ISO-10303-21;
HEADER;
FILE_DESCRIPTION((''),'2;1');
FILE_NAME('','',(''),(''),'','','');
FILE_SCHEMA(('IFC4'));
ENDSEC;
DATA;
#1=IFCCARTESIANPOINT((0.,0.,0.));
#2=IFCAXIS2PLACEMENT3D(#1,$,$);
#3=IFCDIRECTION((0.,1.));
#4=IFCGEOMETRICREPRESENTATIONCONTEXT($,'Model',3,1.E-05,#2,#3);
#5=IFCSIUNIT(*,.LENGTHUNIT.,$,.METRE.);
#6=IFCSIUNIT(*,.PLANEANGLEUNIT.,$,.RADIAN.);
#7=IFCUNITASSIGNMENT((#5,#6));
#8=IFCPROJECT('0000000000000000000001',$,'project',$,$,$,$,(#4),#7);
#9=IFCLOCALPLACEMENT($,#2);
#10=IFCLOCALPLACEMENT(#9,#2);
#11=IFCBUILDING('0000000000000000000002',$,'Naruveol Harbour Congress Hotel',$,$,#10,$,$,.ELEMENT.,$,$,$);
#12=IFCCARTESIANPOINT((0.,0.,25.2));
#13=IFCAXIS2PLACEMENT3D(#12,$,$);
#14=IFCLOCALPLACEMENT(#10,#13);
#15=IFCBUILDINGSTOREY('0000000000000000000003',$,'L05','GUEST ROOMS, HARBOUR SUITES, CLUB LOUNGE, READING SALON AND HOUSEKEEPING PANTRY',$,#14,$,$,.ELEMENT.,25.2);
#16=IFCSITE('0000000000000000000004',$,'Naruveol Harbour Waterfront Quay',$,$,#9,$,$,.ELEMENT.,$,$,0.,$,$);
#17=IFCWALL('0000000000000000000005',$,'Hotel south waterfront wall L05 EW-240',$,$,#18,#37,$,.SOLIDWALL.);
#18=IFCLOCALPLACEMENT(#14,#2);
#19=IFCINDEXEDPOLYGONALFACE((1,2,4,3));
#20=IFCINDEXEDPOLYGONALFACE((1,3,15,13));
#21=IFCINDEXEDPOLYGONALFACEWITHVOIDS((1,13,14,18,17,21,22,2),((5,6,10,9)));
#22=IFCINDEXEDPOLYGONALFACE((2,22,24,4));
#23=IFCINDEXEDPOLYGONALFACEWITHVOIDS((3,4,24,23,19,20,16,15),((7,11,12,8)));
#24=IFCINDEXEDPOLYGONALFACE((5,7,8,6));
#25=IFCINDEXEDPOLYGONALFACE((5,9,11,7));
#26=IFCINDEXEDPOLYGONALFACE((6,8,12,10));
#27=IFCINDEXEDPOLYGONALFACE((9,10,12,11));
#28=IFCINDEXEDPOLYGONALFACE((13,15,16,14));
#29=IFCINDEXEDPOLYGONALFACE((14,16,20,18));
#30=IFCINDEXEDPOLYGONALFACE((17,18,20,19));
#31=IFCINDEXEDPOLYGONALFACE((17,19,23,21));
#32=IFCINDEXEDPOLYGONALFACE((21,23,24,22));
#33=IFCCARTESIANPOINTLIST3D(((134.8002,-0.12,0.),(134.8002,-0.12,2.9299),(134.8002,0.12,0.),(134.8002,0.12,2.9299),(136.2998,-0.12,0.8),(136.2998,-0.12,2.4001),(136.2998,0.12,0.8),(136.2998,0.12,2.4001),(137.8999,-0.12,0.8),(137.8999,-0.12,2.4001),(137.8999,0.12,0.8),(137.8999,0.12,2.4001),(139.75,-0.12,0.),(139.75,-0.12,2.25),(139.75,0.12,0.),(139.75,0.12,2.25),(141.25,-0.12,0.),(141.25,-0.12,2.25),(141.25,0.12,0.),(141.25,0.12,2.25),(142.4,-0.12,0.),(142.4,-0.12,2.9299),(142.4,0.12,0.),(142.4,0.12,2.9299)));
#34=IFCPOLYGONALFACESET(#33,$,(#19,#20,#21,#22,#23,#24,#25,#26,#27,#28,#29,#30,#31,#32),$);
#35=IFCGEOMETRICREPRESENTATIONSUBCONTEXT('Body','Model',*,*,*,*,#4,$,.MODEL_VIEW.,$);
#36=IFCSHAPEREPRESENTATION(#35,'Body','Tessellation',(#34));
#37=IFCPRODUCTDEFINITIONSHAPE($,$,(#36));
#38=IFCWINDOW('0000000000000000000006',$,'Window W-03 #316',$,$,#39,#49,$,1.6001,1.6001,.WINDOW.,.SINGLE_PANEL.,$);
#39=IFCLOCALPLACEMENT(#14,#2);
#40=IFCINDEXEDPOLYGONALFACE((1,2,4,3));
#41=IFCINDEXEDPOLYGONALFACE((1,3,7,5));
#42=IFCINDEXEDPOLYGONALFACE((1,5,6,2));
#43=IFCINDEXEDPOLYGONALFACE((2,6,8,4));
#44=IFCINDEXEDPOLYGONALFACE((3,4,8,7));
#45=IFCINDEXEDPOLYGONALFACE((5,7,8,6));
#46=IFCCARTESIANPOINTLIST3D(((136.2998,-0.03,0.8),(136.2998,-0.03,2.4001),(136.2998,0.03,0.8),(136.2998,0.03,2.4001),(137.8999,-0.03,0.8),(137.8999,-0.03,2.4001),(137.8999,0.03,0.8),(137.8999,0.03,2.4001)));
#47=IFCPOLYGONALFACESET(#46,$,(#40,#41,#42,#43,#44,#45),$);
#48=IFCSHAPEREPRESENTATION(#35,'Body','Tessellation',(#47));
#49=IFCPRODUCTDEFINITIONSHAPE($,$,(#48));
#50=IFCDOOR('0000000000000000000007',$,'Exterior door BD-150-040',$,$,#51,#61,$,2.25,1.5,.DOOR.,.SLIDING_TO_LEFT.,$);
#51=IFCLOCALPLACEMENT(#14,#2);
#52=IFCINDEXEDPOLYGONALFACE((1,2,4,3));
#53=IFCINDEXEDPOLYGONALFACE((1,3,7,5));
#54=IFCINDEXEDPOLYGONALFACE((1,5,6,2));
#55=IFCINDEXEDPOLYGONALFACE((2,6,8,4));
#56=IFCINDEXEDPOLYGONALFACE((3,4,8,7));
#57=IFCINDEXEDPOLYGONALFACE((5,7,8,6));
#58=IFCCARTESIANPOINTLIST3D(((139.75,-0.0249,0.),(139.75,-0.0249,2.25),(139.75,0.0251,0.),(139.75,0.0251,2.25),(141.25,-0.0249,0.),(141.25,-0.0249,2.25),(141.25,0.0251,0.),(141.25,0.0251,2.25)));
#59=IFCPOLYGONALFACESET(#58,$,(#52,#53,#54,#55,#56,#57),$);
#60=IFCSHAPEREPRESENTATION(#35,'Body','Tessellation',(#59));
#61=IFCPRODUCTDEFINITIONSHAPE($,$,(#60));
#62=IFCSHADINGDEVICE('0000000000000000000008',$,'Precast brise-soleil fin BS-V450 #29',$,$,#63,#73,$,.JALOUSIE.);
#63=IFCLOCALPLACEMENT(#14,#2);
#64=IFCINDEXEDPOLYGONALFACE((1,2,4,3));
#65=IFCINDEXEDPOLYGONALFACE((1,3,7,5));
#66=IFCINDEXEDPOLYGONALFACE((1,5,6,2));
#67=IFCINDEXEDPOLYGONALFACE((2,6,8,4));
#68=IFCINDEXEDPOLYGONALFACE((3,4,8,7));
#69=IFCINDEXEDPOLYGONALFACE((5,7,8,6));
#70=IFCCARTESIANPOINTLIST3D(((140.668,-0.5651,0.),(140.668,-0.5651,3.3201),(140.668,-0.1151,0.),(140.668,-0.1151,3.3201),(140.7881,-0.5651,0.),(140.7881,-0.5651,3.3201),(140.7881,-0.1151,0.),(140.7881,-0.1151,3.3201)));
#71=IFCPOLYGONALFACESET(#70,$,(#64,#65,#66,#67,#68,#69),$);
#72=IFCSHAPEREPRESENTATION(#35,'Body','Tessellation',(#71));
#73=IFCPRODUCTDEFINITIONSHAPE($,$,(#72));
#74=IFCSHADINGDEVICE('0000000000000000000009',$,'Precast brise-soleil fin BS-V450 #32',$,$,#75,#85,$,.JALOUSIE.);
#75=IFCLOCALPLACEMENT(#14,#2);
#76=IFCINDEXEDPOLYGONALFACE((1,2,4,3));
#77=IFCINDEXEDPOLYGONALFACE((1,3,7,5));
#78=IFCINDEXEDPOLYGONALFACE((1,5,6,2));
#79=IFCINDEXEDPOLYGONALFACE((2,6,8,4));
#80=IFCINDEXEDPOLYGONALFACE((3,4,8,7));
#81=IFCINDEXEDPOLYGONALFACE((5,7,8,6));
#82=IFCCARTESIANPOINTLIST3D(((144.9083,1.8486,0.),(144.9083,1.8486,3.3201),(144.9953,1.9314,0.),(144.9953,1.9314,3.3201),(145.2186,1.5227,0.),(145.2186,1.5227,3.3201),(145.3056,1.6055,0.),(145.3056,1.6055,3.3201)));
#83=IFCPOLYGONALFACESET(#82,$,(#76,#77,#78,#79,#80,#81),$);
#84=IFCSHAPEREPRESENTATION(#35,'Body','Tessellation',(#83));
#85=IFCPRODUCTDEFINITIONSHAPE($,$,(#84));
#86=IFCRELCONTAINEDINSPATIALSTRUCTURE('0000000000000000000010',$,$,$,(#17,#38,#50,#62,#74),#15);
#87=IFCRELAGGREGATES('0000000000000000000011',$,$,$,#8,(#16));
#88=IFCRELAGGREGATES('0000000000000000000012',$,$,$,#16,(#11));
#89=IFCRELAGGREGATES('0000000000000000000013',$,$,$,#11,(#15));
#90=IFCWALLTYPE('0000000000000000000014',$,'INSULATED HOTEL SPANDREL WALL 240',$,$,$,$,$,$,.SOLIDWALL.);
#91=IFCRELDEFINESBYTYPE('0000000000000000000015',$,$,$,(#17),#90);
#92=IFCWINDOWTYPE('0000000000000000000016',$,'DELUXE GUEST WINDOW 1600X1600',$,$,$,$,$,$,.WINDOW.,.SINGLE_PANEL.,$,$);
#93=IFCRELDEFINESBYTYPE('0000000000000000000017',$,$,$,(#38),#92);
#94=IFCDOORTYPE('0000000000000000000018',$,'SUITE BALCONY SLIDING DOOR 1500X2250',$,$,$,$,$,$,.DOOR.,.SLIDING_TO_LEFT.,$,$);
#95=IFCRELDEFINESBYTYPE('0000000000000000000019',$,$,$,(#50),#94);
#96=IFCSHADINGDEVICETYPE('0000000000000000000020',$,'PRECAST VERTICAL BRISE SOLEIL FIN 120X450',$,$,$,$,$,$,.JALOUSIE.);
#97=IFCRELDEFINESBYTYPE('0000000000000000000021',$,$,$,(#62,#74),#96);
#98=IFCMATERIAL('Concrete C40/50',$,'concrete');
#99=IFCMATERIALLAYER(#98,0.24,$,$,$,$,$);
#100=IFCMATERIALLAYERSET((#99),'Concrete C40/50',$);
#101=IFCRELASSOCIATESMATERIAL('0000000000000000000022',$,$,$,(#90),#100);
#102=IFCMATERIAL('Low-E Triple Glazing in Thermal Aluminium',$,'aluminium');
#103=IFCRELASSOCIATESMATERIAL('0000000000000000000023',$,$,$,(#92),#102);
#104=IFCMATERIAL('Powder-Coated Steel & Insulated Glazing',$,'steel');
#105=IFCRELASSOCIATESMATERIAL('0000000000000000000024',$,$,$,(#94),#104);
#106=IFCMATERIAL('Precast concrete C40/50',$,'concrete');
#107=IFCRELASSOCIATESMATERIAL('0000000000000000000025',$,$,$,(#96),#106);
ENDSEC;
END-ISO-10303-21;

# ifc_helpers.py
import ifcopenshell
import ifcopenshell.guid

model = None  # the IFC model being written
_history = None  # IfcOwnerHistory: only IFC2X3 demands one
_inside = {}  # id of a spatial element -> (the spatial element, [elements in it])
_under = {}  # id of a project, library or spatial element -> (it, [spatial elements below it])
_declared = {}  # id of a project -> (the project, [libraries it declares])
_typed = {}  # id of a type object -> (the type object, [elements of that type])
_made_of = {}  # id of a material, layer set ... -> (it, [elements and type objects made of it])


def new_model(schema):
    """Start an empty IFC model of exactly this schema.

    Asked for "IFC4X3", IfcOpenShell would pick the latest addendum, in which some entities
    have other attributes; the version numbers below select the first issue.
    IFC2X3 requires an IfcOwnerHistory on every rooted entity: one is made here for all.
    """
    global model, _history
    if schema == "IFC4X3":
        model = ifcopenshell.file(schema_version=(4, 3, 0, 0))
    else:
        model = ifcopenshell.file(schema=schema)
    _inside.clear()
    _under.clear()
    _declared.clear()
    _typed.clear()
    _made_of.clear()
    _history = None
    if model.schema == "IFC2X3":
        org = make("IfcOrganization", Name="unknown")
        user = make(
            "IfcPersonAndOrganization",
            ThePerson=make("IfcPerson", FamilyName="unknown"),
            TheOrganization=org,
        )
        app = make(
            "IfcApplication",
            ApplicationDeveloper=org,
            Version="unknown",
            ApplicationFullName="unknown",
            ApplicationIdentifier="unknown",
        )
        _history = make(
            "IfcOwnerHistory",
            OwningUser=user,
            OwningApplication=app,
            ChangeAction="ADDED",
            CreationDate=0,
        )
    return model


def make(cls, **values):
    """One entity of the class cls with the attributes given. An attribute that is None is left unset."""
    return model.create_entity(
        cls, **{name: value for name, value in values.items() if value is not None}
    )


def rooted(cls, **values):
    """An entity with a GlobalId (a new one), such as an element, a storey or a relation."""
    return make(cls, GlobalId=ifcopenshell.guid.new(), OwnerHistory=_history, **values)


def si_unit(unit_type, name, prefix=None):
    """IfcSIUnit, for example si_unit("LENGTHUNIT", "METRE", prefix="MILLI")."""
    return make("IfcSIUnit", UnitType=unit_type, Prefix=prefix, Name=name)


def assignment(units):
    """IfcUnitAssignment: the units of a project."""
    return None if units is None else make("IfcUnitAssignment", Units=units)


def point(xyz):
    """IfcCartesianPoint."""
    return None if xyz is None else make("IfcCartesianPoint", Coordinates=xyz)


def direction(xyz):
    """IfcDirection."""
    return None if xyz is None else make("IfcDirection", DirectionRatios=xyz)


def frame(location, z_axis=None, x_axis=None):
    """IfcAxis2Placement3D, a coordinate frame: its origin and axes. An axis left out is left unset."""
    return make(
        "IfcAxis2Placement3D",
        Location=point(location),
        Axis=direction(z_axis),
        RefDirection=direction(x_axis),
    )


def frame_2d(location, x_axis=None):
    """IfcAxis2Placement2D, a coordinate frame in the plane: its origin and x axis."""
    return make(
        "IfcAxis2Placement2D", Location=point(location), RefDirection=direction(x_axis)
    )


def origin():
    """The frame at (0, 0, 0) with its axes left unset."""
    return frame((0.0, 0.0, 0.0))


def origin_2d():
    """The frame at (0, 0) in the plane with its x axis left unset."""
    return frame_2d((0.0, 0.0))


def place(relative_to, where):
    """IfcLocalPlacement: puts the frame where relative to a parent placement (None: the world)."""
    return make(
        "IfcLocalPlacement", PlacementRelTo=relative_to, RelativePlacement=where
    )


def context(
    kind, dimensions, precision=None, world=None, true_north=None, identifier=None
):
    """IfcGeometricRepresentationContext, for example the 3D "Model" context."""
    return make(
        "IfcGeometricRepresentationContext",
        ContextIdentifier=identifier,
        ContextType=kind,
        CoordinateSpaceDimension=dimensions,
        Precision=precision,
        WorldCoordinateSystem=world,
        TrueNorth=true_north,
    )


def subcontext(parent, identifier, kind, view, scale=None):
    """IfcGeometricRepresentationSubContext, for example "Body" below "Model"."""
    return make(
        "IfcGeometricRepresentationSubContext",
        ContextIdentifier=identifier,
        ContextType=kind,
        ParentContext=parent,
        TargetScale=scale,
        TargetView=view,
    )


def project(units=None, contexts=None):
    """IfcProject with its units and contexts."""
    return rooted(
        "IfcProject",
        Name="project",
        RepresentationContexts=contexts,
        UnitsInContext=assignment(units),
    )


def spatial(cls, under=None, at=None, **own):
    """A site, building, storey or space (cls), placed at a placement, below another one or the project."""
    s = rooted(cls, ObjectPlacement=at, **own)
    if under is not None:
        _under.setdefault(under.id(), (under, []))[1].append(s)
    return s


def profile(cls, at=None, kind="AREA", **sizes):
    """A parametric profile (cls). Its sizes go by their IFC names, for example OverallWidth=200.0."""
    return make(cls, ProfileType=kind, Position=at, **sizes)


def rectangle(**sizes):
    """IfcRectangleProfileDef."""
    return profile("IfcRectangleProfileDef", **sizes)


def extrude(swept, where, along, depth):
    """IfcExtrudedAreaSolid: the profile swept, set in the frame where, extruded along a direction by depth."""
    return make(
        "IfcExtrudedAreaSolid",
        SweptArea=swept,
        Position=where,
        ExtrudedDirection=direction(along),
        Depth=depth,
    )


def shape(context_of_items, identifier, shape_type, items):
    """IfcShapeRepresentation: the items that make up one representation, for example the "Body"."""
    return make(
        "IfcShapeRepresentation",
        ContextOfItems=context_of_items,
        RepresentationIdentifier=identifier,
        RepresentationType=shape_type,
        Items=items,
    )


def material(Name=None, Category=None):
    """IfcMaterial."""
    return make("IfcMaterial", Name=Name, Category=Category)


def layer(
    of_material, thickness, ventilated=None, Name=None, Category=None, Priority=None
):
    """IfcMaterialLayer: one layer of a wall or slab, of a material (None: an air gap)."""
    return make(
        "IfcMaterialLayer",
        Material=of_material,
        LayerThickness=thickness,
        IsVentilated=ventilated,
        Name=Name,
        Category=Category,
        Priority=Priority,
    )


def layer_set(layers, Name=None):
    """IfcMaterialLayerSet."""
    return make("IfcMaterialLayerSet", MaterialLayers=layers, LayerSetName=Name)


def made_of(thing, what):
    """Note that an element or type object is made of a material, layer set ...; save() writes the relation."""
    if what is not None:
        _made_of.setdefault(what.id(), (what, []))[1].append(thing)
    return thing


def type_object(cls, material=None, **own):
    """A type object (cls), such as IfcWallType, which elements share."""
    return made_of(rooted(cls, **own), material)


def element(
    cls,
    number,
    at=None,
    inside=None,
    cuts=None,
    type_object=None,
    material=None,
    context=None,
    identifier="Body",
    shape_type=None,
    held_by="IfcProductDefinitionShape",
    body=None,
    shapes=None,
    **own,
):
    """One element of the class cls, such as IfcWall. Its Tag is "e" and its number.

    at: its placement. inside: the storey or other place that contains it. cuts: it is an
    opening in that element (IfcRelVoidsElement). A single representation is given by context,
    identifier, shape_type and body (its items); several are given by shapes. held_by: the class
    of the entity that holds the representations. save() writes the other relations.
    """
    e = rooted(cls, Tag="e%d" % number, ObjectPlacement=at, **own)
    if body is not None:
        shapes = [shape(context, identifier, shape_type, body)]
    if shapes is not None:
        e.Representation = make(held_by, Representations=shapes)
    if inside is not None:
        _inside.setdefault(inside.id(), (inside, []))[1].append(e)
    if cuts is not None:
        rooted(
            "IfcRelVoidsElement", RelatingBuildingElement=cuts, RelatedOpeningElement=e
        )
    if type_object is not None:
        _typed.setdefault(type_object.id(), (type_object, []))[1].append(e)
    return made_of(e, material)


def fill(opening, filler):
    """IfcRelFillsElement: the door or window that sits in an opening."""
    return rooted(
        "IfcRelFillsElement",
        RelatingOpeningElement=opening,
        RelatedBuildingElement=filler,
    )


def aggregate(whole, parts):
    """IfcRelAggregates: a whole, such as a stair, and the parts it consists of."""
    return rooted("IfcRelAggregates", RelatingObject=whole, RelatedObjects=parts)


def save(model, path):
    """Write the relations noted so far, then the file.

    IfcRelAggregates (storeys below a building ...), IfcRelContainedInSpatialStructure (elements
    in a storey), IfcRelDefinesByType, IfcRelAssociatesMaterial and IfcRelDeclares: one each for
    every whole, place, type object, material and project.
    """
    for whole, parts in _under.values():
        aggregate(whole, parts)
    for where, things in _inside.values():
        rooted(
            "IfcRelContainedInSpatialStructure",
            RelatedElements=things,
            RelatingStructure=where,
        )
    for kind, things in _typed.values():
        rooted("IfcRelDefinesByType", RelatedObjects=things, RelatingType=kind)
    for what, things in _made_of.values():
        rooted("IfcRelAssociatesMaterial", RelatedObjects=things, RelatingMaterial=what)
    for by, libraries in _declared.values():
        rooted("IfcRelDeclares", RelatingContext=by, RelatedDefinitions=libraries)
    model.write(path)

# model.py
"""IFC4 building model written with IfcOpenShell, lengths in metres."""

from ifc_helpers import new_model, si_unit, direction, frame, frame_2d, origin, origin_2d, place, context, subcontext, project, spatial, rectangle, extrude, material, layer, layer_set, type_object, element, fill, save


model = new_model("IFC4")

# Units and contexts
model_context = context("Model", 3, precision=1e-05, world=origin(), true_north=direction((0.0, 1.0)))
body_context = subcontext(model_context, "Body", "Model", "MODEL_VIEW")
ifc_project = project(units=[si_unit("LENGTHUNIT", "METRE"), si_unit("PLANEANGLEUNIT", "RADIAN")], contexts=[model_context])

# Site, building, storey
site_placement = place(None, origin())
site = spatial("IfcSite", under=ifc_project, at=site_placement, Name="Naruveol Harbour Waterfront Quay", CompositionType="ELEMENT", RefElevation=0.0)
building_placement = place(site_placement, origin())
building = spatial("IfcBuilding", under=site, at=building_placement, Name="Naruveol Harbour Congress Hotel", CompositionType="ELEMENT")
storey_placement = place(building_placement, frame((0.0, 0.0, 25.2)))
storey = spatial("IfcBuildingStorey", under=building, at=storey_placement, Name="L05", Description="GUEST ROOMS, HARBOUR SUITES, CLUB LOUNGE, READING SALON AND HOUSEKEEPING PANTRY", CompositionType="ELEMENT", Elevation=25.2)

# Wall, openings, window, door
ifc_material_1 = material(Name="Concrete C40/50", Category="concrete")
ifc_layer_1 = layer(ifc_material_1, 0.24)
ifc_layer_set_1 = layer_set([ifc_layer_1], Name="Concrete C40/50")
wall_type_1 = type_object("IfcWallType", Name="INSULATED HOTEL SPANDREL WALL 240", PredefinedType="SOLIDWALL", material=ifc_layer_set_1)
wall_1_placement = place(storey_placement, frame((142.3999, 0.0, 0.0), z_axis=(0.0, 0.0, 1.0), x_axis=(-1.0, 0.0, 0.0)))
wall_1 = element("IfcWall", 1, at=wall_1_placement, inside=storey, type_object=wall_type_1, Name="Hotel south waterfront wall L05 EW-240", PredefinedType="SOLIDWALL", context=body_context, shape_type="SweptSolid", body=[
    extrude(rectangle(XDim=7.5999, YDim=0.24, at=frame_2d((3.7998, 0.0))), origin(), (0.0, 0.0, 1.0), 2.9299),
])
opening_1_placement = place(wall_1_placement, frame((1.1499, 0.0, 0.0)))
opening_1 = element("IfcOpeningElement", 2, at=opening_1_placement, cuts=wall_1, PredefinedType="OPENING", context=body_context, shape_type="SweptSolid", body=[
    extrude(rectangle(XDim=1.5, YDim=2.25, at=frame_2d((0.75, 1.125))), frame((0.0, 0.1299, 0.0), z_axis=(0.0, -1.0, 0.0), x_axis=(1.0, 0.0, 0.0)), (0.0, 0.0, 1.0), 0.26),
])
opening_2_placement = place(wall_1_placement, frame((4.5, 0.0, 0.8)))
opening_2 = element("IfcOpeningElement", 3, at=opening_2_placement, cuts=wall_1, PredefinedType="OPENING", context=body_context, shape_type="SweptSolid", body=[
    extrude(rectangle(XDim=1.6001, YDim=1.6001, at=frame_2d((0.8, 0.8))), frame((0.0, 0.1299, 0.0), z_axis=(0.0, -1.0, 0.0), x_axis=(1.0, 0.0, 0.0)), (0.0, 0.0, 1.0), 0.26),
])
ifc_material_2 = material(Name="Low-E Triple Glazing in Thermal Aluminium", Category="aluminium")
window_type = type_object("IfcWindowType", Name="DELUXE GUEST WINDOW 1600X1600", PartitioningType="SINGLE_PANEL", PredefinedType="WINDOW", material=ifc_material_2)
window_placement = place(opening_2_placement, origin())
window = element("IfcWindow", 4, at=window_placement, inside=storey, type_object=window_type, Name="Window W-03 #316", OverallHeight=1.6001, OverallWidth=1.6001, PartitioningType="SINGLE_PANEL", PredefinedType="WINDOW", context=body_context, shape_type="SweptSolid", body=[
    extrude(rectangle(XDim=1.6001, YDim=1.6001, at=frame_2d((0.8, 0.8))), frame((0.0, 0.03, 0.0), z_axis=(0.0, -1.0, 0.0), x_axis=(1.0, 0.0, 0.0)), (0.0, 0.0, 1.0), 0.0601),
])
fill(opening_2, window)
ifc_material_3 = material(Name="Powder-Coated Steel & Insulated Glazing", Category="steel")
door_type_1 = type_object("IfcDoorType", Name="SUITE BALCONY SLIDING DOOR 1500X2250", OperationType="SLIDING_TO_LEFT", PredefinedType="DOOR", material=ifc_material_3)
door_1_placement = place(opening_1_placement, origin())
door_1 = element("IfcDoor", 5, at=door_1_placement, inside=storey, type_object=door_type_1, Name="Exterior door BD-150-040", OperationType="SLIDING_TO_LEFT", OverallHeight=2.25, OverallWidth=1.5, PredefinedType="DOOR", context=body_context, shape_type="SweptSolid", body=[
    extrude(rectangle(XDim=1.5, YDim=2.25, at=frame_2d((0.75, 1.125))), frame((0.0, 0.0249, 0.0), z_axis=(0.0, -1.0, 0.0), x_axis=(1.0, 0.0, 0.0)), (0.0, 0.0, 1.0), 0.05),
])
fill(opening_1, door_1)

# Shading devices
ifc_material_4 = material(Name="Precast concrete C40/50", Category="concrete")
shading_device_type = type_object("IfcShadingDeviceType", Name="PRECAST VERTICAL BRISE SOLEIL FIN 120X450", PredefinedType="JALOUSIE", material=ifc_material_4)
for number, where, z_axis, x_axis, name in (
    (6, (140.728, -0.3401, 0.0), (0.0, 0.0, 1.0), (-1.0, 0.0, 0.0), "Precast brise-soleil fin BS-V450 #29"),
    (7, (145.1069, 1.7271, 0.0), (0.0, 0.0, 1.0), (-0.724172, -0.68962, 0.0), "Precast brise-soleil fin BS-V450 #32"),
):
    element("IfcShadingDevice", number, at=place(storey_placement, frame(where, z_axis=z_axis, x_axis=x_axis)), inside=storey, type_object=shading_device_type, Name=name, PredefinedType="JALOUSIE", context=body_context, shape_type="SweptSolid", body=[
        extrude(rectangle(XDim=0.1201, YDim=0.45, at=origin_2d()), origin(), (0.0, 0.0, 1.0), 3.3201),
    ])

save(model, "model.ifc")
